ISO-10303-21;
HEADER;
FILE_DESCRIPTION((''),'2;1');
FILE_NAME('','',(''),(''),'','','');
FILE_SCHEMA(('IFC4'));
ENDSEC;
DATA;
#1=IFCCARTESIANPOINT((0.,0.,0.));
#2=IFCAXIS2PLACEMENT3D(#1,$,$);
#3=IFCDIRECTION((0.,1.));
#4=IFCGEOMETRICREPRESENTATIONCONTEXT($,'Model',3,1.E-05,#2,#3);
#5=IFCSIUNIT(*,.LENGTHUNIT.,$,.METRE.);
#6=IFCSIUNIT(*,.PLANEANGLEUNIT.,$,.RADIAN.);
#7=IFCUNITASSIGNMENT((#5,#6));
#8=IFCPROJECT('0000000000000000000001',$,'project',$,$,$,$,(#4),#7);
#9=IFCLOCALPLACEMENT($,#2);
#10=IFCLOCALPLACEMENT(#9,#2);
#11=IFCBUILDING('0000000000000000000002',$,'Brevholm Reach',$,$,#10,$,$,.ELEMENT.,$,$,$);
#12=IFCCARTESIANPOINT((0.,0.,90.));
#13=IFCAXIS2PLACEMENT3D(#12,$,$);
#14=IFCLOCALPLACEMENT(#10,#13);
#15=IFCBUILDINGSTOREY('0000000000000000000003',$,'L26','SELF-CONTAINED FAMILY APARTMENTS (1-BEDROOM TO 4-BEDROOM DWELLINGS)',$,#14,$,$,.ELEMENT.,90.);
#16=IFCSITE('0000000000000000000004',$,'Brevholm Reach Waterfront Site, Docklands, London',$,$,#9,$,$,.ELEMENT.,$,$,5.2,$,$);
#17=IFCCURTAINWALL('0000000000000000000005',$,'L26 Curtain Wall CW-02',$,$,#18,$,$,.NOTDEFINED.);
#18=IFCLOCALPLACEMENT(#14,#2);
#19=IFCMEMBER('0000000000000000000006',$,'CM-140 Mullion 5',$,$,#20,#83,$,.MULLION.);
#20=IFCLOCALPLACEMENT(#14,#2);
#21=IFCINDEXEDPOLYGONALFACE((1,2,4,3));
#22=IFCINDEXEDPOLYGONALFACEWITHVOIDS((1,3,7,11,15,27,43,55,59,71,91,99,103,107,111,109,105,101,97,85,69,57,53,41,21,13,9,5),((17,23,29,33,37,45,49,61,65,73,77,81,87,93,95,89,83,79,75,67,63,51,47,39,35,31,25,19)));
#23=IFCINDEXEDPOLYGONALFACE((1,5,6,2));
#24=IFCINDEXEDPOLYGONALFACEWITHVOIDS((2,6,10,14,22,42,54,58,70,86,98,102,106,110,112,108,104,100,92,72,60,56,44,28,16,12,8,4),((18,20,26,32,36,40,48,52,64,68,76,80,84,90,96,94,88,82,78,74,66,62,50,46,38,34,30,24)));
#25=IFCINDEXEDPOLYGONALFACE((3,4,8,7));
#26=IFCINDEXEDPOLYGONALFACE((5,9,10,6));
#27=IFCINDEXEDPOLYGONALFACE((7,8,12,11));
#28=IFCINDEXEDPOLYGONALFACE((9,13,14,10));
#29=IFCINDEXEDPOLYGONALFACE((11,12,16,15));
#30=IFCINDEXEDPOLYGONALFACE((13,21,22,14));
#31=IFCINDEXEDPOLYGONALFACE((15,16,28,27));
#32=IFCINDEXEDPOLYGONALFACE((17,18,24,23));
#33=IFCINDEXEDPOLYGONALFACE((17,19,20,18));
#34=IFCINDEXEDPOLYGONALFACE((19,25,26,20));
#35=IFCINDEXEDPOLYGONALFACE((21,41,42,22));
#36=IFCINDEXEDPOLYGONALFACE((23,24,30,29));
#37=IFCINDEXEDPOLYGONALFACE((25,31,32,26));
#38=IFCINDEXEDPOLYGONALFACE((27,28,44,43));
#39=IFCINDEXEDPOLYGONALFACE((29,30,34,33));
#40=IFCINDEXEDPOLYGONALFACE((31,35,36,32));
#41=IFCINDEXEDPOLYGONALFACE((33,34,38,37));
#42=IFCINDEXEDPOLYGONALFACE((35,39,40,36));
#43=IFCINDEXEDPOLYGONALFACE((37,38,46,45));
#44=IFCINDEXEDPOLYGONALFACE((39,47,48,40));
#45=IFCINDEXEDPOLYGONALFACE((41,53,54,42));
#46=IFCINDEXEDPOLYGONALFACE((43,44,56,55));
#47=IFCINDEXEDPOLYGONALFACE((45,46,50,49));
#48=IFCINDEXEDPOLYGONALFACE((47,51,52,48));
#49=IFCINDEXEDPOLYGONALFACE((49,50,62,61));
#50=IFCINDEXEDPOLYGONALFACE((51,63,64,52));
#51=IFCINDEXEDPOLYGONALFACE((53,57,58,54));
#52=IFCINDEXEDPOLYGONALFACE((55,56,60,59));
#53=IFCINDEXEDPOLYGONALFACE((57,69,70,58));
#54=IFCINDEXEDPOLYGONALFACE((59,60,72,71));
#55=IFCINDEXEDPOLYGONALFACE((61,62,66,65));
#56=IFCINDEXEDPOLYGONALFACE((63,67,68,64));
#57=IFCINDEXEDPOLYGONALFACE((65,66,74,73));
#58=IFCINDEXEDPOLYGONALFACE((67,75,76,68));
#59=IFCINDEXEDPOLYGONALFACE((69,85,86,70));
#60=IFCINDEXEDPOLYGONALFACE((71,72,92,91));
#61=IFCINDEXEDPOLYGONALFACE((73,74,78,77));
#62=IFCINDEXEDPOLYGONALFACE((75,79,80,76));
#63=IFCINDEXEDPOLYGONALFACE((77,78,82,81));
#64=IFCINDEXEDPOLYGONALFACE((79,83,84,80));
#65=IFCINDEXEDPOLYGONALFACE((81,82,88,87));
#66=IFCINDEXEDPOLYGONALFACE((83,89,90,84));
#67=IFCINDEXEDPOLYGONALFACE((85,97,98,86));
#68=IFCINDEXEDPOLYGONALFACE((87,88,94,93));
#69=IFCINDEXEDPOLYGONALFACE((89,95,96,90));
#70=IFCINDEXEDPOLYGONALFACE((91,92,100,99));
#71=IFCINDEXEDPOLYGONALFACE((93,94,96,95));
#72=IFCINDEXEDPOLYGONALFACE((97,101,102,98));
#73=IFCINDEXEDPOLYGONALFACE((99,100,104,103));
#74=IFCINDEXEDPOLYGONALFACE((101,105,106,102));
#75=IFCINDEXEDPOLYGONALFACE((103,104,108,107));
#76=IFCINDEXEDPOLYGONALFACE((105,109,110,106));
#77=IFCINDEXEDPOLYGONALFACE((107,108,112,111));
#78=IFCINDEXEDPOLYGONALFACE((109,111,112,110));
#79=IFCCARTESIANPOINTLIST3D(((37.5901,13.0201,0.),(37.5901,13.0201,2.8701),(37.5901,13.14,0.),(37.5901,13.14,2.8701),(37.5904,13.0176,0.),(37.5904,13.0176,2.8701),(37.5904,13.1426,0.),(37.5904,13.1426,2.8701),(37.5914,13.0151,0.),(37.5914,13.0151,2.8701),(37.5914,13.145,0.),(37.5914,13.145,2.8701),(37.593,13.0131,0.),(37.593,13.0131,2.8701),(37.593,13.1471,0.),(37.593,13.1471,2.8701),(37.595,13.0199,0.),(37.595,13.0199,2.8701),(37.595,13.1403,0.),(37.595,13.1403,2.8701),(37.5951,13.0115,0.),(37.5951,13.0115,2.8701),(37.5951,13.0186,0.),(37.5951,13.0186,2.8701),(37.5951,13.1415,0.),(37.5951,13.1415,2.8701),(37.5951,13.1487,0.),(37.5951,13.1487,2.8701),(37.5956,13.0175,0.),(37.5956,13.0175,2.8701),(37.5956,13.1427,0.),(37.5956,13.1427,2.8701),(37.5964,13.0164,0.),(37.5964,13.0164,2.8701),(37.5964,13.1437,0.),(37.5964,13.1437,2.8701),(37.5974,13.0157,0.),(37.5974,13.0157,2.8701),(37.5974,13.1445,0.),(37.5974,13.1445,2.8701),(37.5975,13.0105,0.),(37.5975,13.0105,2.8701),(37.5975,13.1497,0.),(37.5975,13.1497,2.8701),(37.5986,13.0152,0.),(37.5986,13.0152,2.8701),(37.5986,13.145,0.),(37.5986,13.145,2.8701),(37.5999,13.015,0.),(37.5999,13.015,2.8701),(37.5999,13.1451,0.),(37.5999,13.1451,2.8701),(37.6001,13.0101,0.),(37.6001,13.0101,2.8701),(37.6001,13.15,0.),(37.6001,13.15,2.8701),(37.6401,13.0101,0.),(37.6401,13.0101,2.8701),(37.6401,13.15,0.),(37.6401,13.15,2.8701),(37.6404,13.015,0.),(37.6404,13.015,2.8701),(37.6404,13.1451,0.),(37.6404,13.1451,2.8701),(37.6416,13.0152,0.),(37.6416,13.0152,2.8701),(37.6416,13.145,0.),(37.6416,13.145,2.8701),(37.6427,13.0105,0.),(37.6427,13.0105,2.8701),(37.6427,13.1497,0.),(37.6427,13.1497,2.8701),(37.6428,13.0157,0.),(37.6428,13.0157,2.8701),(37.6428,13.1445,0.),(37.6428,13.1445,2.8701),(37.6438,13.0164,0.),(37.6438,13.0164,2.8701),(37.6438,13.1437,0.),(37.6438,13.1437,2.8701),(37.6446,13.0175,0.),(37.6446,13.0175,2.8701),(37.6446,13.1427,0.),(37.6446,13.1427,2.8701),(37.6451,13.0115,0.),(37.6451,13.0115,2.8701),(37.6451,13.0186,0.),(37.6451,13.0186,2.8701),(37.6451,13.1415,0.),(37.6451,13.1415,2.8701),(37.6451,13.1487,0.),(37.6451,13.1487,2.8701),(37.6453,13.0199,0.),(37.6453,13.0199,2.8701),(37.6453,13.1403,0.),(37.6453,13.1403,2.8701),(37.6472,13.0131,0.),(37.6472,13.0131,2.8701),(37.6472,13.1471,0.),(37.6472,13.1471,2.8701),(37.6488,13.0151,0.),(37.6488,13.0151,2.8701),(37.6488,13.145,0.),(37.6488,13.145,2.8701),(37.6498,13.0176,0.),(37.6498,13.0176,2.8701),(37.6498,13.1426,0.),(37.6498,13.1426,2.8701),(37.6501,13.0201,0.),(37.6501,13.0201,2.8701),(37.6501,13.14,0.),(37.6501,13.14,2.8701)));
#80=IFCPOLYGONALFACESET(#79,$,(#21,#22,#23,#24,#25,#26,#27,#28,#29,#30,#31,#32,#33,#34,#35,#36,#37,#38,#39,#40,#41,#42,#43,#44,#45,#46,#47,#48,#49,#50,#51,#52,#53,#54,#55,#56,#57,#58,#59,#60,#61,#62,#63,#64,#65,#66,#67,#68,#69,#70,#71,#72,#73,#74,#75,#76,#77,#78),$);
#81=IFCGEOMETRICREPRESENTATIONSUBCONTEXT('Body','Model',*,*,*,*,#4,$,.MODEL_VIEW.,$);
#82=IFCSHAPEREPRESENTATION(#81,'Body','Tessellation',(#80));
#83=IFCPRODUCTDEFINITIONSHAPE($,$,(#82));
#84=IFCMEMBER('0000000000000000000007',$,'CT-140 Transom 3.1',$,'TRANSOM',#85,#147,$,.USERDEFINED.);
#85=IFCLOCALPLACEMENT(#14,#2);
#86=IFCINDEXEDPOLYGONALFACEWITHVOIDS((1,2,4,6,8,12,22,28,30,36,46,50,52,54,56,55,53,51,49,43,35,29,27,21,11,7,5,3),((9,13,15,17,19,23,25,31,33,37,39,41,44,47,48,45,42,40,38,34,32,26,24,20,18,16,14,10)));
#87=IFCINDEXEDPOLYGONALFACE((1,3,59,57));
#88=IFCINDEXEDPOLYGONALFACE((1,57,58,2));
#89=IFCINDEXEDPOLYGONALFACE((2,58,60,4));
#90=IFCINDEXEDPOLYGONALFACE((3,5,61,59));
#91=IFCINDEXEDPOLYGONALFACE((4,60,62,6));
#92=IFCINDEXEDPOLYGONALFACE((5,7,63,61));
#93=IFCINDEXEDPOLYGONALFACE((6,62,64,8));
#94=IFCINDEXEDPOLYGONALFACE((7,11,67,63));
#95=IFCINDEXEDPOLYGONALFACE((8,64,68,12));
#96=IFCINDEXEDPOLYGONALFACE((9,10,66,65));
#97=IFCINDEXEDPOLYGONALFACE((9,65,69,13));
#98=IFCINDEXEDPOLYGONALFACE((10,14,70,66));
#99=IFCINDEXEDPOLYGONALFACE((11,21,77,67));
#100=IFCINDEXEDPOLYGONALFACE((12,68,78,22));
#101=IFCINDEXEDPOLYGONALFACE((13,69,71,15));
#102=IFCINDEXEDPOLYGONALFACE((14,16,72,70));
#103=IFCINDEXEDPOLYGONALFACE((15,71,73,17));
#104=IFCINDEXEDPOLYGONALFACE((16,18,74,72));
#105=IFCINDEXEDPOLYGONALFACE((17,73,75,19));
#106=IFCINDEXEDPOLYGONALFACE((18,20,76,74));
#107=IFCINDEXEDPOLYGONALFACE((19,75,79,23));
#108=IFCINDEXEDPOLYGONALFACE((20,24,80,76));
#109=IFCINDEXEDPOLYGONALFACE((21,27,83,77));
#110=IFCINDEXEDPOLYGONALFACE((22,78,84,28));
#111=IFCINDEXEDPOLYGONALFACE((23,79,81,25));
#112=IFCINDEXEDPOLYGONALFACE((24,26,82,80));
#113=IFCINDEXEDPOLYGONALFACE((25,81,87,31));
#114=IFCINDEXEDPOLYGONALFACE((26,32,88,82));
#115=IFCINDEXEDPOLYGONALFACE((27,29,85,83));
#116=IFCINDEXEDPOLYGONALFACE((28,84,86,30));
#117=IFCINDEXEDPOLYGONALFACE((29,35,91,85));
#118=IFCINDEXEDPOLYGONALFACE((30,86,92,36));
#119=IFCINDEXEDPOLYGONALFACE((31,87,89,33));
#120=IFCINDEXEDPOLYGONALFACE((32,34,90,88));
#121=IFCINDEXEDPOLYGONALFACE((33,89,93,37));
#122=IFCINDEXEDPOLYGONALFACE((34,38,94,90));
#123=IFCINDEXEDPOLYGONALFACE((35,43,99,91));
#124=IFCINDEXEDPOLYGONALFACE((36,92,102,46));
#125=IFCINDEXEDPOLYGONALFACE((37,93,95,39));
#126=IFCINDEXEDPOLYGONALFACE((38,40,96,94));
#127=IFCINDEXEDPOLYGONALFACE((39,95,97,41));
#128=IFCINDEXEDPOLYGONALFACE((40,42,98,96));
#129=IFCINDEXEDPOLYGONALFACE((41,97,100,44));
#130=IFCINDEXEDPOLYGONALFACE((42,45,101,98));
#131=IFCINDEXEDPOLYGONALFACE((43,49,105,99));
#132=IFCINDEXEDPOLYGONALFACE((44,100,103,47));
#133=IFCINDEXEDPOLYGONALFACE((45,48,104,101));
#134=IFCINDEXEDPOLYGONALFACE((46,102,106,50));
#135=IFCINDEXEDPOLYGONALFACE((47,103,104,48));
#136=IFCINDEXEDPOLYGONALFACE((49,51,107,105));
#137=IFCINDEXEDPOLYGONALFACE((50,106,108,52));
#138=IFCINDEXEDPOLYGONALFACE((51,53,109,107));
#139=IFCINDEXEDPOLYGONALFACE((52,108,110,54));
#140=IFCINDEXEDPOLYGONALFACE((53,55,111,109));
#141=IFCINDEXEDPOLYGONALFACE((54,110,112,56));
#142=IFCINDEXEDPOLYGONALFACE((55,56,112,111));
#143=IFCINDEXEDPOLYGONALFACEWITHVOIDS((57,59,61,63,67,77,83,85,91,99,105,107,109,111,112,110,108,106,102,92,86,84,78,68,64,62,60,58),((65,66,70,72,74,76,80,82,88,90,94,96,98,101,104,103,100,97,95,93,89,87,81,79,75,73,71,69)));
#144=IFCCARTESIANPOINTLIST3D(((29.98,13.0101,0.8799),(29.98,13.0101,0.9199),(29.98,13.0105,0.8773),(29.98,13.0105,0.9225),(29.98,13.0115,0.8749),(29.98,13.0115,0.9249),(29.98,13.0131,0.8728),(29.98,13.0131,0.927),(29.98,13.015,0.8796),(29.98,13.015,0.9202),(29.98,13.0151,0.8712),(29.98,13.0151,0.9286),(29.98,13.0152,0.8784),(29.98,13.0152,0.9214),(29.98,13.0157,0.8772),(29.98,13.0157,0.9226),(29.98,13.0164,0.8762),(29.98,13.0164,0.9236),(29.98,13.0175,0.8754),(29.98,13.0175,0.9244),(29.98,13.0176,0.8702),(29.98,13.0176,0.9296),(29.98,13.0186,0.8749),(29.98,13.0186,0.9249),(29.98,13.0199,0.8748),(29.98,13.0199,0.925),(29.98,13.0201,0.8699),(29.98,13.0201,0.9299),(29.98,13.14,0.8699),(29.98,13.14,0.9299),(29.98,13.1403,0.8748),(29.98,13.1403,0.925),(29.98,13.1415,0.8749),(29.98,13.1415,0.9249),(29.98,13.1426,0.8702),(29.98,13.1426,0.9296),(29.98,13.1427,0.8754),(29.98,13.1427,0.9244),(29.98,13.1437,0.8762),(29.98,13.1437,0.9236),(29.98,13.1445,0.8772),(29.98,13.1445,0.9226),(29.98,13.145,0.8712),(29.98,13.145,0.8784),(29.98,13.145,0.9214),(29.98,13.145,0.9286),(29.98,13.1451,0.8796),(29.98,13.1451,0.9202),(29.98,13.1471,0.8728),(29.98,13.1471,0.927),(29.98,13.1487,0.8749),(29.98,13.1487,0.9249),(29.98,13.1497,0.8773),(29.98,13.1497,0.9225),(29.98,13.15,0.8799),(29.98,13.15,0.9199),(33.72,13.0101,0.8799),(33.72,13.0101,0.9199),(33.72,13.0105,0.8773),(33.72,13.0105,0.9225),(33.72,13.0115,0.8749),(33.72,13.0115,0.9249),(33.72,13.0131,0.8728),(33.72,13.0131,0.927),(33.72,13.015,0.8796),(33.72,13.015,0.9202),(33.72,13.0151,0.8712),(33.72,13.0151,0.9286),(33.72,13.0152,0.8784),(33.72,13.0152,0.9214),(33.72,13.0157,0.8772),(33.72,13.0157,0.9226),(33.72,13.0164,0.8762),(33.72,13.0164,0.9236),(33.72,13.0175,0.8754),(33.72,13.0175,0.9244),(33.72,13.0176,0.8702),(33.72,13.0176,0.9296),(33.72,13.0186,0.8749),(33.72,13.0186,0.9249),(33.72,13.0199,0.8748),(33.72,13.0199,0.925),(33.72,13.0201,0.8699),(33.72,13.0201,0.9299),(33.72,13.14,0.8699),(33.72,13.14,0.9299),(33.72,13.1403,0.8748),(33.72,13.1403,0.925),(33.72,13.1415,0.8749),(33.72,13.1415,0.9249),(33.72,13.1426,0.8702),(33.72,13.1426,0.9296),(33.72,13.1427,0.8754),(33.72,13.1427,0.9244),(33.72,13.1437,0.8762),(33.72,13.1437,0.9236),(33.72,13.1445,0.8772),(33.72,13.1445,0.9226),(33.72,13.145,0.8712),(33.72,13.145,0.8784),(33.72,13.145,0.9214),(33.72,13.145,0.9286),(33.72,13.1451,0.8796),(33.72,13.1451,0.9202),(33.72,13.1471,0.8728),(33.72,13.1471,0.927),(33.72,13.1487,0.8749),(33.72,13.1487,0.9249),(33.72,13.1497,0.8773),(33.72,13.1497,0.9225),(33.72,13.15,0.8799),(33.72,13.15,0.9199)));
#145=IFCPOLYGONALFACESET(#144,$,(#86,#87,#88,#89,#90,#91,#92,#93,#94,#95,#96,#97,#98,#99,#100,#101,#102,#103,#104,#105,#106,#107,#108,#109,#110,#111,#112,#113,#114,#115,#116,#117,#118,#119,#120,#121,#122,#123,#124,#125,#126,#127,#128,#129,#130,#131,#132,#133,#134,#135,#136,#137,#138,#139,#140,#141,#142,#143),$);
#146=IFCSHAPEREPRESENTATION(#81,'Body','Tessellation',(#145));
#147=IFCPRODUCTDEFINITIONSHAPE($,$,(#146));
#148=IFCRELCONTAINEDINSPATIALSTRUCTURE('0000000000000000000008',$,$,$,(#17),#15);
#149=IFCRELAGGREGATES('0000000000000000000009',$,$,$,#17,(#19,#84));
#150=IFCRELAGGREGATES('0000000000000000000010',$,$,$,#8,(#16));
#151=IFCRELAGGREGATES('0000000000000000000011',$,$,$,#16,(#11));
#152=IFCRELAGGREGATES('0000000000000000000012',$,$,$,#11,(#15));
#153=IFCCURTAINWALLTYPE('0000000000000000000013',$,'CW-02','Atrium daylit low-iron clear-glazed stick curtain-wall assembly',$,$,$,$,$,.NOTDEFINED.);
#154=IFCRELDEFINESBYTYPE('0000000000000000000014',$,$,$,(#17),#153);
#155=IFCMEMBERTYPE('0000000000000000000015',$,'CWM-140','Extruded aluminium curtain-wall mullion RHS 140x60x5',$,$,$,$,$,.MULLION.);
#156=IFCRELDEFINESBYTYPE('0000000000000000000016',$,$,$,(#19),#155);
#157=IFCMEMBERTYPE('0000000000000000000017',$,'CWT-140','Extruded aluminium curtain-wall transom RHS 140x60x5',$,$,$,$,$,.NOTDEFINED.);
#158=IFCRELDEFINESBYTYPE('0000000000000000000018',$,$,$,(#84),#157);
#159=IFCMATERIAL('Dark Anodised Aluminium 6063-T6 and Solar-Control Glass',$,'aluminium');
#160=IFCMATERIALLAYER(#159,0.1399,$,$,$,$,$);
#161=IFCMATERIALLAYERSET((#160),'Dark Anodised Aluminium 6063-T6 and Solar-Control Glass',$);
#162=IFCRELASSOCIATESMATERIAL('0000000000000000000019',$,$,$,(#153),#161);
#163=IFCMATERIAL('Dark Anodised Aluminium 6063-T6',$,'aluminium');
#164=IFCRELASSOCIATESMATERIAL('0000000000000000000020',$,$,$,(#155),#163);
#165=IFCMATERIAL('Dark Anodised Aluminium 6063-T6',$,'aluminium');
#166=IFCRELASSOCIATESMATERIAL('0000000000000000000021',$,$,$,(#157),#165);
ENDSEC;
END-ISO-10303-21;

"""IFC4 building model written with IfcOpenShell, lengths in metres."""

from ifc_helpers import new_model, si_unit, direction, frame, origin, origin_2d, place, context, subcontext, project, spatial, hollow_rectangle, extrude, material, layer, layer_set, material_profile, profile_set, type_object, element, aggregate, save


model = new_model("IFC4")

# Units and contexts
model_context = context("Model", 3, precision=1e-05, world=origin(), true_north=direction((0.0, 1.0)))
body_context = subcontext(model_context, "Body", "Model", "MODEL_VIEW")
ifc_project = project(units=[si_unit("LENGTHUNIT", "METRE"), si_unit("PLANEANGLEUNIT", "RADIAN")], contexts=[model_context])

# Site, building, storey
site_placement = place(None, origin())
site = spatial("IfcSite", under=ifc_project, at=site_placement, Name="Brevholm Reach Waterfront Site, Docklands, London", CompositionType="ELEMENT", RefElevation=5.2)
building_placement = place(site_placement, origin())
building = spatial("IfcBuilding", under=site, at=building_placement, Name="Brevholm Reach", CompositionType="ELEMENT")
storey_placement = place(building_placement, frame((0.0, 0.0, 90.0)))
storey = spatial("IfcBuildingStorey", under=building, at=storey_placement, Name="L26", Description="SELF-CONTAINED FAMILY APARTMENTS (1-BEDROOM TO 4-BEDROOM DWELLINGS)", CompositionType="ELEMENT", Elevation=90.0)

# Curtain wall, members
ifc_material_1 = material(Name="Dark Anodised Aluminium 6063-T6 and Solar-Control Glass", Category="aluminium")
ifc_layer_1 = layer(ifc_material_1, 0.1399)
ifc_layer_set_1 = layer_set([ifc_layer_1], Name="Dark Anodised Aluminium 6063-T6 and Solar-Control Glass")
curtain_wall_type = type_object("IfcCurtainWallType", Name="CW-02", Description="Atrium daylit low-iron clear-glazed stick curtain-wall assembly", PredefinedType="NOTDEFINED", material=ifc_layer_set_1)
curtain_wall_placement = place(storey_placement, origin())
curtain_wall = element("IfcCurtainWall", 1, at=curtain_wall_placement, inside=storey, type_object=curtain_wall_type, Name="L26 Curtain Wall CW-02", PredefinedType="NOTDEFINED")
ifc_material_2 = material(Name="Dark Anodised Aluminium 6063-T6", Category="aluminium")
ifc_material_profile_1 = material_profile(ifc_material_2, hollow_rectangle(XDim=0.0601, YDim=0.1399, WallThickness=0.0049, InnerFilletRadius=0.0049, OuterFilletRadius=0.01, at=origin_2d()), Name="RHS 140x60x5")
ifc_profile_set_1 = profile_set([ifc_material_profile_1], Name="Dark Anodised Aluminium 6063-T6")
member_type_1 = type_object("IfcMemberType", Name="CWM-140", Description="Extruded aluminium curtain-wall mullion RHS 140x60x5", PredefinedType="MULLION", material=ifc_profile_set_1)
member_1_placement = place(storey_placement, frame((37.6201, 13.0801, 0.0), z_axis=(0.0, 0.0, 1.0), x_axis=(1.0, 0.0, 0.0)))
member_1 = element("IfcMember", 2, at=member_1_placement, type_object=member_type_1, Name="CM-140 Mullion 5", PredefinedType="MULLION", context=body_context, shape_type="SweptSolid", body=[
    extrude(hollow_rectangle(XDim=0.0601, YDim=0.1399, WallThickness=0.0049, InnerFilletRadius=0.0049, OuterFilletRadius=0.01, at=origin_2d()), origin(), (0.0, 0.0, 1.0), 2.8701),
])
ifc_material_3 = material(Name="Dark Anodised Aluminium 6063-T6", Category="aluminium")
ifc_material_profile_2 = material_profile(ifc_material_3, hollow_rectangle(XDim=0.0601, YDim=0.1399, WallThickness=0.0049, InnerFilletRadius=0.0049, OuterFilletRadius=0.01, at=origin_2d()), Name="RHS 140x60x5")
ifc_profile_set_2 = profile_set([ifc_material_profile_2], Name="Dark Anodised Aluminium 6063-T6")
member_type_2 = type_object("IfcMemberType", Name="CWT-140", Description="Extruded aluminium curtain-wall transom RHS 140x60x5", PredefinedType="NOTDEFINED", material=ifc_profile_set_2)
member_2_placement = place(storey_placement, frame((29.98, 13.0801, 0.8999), z_axis=(1.0, 0.0, 0.0), x_axis=(0.0, 0.0, 1.0)))
member_2 = element("IfcMember", 3, at=member_2_placement, type_object=member_type_2, Name="CT-140 Transom 3.1", ObjectType="TRANSOM", PredefinedType="USERDEFINED", context=body_context, shape_type="SweptSolid", body=[
    extrude(hollow_rectangle(XDim=0.0601, YDim=0.1399, WallThickness=0.0049, InnerFilletRadius=0.0049, OuterFilletRadius=0.01, at=origin_2d()), origin(), (0.0, 0.0, 1.0), 3.74),
])
aggregate(curtain_wall, [member_1, member_2])

save(model, "model.ifc")
